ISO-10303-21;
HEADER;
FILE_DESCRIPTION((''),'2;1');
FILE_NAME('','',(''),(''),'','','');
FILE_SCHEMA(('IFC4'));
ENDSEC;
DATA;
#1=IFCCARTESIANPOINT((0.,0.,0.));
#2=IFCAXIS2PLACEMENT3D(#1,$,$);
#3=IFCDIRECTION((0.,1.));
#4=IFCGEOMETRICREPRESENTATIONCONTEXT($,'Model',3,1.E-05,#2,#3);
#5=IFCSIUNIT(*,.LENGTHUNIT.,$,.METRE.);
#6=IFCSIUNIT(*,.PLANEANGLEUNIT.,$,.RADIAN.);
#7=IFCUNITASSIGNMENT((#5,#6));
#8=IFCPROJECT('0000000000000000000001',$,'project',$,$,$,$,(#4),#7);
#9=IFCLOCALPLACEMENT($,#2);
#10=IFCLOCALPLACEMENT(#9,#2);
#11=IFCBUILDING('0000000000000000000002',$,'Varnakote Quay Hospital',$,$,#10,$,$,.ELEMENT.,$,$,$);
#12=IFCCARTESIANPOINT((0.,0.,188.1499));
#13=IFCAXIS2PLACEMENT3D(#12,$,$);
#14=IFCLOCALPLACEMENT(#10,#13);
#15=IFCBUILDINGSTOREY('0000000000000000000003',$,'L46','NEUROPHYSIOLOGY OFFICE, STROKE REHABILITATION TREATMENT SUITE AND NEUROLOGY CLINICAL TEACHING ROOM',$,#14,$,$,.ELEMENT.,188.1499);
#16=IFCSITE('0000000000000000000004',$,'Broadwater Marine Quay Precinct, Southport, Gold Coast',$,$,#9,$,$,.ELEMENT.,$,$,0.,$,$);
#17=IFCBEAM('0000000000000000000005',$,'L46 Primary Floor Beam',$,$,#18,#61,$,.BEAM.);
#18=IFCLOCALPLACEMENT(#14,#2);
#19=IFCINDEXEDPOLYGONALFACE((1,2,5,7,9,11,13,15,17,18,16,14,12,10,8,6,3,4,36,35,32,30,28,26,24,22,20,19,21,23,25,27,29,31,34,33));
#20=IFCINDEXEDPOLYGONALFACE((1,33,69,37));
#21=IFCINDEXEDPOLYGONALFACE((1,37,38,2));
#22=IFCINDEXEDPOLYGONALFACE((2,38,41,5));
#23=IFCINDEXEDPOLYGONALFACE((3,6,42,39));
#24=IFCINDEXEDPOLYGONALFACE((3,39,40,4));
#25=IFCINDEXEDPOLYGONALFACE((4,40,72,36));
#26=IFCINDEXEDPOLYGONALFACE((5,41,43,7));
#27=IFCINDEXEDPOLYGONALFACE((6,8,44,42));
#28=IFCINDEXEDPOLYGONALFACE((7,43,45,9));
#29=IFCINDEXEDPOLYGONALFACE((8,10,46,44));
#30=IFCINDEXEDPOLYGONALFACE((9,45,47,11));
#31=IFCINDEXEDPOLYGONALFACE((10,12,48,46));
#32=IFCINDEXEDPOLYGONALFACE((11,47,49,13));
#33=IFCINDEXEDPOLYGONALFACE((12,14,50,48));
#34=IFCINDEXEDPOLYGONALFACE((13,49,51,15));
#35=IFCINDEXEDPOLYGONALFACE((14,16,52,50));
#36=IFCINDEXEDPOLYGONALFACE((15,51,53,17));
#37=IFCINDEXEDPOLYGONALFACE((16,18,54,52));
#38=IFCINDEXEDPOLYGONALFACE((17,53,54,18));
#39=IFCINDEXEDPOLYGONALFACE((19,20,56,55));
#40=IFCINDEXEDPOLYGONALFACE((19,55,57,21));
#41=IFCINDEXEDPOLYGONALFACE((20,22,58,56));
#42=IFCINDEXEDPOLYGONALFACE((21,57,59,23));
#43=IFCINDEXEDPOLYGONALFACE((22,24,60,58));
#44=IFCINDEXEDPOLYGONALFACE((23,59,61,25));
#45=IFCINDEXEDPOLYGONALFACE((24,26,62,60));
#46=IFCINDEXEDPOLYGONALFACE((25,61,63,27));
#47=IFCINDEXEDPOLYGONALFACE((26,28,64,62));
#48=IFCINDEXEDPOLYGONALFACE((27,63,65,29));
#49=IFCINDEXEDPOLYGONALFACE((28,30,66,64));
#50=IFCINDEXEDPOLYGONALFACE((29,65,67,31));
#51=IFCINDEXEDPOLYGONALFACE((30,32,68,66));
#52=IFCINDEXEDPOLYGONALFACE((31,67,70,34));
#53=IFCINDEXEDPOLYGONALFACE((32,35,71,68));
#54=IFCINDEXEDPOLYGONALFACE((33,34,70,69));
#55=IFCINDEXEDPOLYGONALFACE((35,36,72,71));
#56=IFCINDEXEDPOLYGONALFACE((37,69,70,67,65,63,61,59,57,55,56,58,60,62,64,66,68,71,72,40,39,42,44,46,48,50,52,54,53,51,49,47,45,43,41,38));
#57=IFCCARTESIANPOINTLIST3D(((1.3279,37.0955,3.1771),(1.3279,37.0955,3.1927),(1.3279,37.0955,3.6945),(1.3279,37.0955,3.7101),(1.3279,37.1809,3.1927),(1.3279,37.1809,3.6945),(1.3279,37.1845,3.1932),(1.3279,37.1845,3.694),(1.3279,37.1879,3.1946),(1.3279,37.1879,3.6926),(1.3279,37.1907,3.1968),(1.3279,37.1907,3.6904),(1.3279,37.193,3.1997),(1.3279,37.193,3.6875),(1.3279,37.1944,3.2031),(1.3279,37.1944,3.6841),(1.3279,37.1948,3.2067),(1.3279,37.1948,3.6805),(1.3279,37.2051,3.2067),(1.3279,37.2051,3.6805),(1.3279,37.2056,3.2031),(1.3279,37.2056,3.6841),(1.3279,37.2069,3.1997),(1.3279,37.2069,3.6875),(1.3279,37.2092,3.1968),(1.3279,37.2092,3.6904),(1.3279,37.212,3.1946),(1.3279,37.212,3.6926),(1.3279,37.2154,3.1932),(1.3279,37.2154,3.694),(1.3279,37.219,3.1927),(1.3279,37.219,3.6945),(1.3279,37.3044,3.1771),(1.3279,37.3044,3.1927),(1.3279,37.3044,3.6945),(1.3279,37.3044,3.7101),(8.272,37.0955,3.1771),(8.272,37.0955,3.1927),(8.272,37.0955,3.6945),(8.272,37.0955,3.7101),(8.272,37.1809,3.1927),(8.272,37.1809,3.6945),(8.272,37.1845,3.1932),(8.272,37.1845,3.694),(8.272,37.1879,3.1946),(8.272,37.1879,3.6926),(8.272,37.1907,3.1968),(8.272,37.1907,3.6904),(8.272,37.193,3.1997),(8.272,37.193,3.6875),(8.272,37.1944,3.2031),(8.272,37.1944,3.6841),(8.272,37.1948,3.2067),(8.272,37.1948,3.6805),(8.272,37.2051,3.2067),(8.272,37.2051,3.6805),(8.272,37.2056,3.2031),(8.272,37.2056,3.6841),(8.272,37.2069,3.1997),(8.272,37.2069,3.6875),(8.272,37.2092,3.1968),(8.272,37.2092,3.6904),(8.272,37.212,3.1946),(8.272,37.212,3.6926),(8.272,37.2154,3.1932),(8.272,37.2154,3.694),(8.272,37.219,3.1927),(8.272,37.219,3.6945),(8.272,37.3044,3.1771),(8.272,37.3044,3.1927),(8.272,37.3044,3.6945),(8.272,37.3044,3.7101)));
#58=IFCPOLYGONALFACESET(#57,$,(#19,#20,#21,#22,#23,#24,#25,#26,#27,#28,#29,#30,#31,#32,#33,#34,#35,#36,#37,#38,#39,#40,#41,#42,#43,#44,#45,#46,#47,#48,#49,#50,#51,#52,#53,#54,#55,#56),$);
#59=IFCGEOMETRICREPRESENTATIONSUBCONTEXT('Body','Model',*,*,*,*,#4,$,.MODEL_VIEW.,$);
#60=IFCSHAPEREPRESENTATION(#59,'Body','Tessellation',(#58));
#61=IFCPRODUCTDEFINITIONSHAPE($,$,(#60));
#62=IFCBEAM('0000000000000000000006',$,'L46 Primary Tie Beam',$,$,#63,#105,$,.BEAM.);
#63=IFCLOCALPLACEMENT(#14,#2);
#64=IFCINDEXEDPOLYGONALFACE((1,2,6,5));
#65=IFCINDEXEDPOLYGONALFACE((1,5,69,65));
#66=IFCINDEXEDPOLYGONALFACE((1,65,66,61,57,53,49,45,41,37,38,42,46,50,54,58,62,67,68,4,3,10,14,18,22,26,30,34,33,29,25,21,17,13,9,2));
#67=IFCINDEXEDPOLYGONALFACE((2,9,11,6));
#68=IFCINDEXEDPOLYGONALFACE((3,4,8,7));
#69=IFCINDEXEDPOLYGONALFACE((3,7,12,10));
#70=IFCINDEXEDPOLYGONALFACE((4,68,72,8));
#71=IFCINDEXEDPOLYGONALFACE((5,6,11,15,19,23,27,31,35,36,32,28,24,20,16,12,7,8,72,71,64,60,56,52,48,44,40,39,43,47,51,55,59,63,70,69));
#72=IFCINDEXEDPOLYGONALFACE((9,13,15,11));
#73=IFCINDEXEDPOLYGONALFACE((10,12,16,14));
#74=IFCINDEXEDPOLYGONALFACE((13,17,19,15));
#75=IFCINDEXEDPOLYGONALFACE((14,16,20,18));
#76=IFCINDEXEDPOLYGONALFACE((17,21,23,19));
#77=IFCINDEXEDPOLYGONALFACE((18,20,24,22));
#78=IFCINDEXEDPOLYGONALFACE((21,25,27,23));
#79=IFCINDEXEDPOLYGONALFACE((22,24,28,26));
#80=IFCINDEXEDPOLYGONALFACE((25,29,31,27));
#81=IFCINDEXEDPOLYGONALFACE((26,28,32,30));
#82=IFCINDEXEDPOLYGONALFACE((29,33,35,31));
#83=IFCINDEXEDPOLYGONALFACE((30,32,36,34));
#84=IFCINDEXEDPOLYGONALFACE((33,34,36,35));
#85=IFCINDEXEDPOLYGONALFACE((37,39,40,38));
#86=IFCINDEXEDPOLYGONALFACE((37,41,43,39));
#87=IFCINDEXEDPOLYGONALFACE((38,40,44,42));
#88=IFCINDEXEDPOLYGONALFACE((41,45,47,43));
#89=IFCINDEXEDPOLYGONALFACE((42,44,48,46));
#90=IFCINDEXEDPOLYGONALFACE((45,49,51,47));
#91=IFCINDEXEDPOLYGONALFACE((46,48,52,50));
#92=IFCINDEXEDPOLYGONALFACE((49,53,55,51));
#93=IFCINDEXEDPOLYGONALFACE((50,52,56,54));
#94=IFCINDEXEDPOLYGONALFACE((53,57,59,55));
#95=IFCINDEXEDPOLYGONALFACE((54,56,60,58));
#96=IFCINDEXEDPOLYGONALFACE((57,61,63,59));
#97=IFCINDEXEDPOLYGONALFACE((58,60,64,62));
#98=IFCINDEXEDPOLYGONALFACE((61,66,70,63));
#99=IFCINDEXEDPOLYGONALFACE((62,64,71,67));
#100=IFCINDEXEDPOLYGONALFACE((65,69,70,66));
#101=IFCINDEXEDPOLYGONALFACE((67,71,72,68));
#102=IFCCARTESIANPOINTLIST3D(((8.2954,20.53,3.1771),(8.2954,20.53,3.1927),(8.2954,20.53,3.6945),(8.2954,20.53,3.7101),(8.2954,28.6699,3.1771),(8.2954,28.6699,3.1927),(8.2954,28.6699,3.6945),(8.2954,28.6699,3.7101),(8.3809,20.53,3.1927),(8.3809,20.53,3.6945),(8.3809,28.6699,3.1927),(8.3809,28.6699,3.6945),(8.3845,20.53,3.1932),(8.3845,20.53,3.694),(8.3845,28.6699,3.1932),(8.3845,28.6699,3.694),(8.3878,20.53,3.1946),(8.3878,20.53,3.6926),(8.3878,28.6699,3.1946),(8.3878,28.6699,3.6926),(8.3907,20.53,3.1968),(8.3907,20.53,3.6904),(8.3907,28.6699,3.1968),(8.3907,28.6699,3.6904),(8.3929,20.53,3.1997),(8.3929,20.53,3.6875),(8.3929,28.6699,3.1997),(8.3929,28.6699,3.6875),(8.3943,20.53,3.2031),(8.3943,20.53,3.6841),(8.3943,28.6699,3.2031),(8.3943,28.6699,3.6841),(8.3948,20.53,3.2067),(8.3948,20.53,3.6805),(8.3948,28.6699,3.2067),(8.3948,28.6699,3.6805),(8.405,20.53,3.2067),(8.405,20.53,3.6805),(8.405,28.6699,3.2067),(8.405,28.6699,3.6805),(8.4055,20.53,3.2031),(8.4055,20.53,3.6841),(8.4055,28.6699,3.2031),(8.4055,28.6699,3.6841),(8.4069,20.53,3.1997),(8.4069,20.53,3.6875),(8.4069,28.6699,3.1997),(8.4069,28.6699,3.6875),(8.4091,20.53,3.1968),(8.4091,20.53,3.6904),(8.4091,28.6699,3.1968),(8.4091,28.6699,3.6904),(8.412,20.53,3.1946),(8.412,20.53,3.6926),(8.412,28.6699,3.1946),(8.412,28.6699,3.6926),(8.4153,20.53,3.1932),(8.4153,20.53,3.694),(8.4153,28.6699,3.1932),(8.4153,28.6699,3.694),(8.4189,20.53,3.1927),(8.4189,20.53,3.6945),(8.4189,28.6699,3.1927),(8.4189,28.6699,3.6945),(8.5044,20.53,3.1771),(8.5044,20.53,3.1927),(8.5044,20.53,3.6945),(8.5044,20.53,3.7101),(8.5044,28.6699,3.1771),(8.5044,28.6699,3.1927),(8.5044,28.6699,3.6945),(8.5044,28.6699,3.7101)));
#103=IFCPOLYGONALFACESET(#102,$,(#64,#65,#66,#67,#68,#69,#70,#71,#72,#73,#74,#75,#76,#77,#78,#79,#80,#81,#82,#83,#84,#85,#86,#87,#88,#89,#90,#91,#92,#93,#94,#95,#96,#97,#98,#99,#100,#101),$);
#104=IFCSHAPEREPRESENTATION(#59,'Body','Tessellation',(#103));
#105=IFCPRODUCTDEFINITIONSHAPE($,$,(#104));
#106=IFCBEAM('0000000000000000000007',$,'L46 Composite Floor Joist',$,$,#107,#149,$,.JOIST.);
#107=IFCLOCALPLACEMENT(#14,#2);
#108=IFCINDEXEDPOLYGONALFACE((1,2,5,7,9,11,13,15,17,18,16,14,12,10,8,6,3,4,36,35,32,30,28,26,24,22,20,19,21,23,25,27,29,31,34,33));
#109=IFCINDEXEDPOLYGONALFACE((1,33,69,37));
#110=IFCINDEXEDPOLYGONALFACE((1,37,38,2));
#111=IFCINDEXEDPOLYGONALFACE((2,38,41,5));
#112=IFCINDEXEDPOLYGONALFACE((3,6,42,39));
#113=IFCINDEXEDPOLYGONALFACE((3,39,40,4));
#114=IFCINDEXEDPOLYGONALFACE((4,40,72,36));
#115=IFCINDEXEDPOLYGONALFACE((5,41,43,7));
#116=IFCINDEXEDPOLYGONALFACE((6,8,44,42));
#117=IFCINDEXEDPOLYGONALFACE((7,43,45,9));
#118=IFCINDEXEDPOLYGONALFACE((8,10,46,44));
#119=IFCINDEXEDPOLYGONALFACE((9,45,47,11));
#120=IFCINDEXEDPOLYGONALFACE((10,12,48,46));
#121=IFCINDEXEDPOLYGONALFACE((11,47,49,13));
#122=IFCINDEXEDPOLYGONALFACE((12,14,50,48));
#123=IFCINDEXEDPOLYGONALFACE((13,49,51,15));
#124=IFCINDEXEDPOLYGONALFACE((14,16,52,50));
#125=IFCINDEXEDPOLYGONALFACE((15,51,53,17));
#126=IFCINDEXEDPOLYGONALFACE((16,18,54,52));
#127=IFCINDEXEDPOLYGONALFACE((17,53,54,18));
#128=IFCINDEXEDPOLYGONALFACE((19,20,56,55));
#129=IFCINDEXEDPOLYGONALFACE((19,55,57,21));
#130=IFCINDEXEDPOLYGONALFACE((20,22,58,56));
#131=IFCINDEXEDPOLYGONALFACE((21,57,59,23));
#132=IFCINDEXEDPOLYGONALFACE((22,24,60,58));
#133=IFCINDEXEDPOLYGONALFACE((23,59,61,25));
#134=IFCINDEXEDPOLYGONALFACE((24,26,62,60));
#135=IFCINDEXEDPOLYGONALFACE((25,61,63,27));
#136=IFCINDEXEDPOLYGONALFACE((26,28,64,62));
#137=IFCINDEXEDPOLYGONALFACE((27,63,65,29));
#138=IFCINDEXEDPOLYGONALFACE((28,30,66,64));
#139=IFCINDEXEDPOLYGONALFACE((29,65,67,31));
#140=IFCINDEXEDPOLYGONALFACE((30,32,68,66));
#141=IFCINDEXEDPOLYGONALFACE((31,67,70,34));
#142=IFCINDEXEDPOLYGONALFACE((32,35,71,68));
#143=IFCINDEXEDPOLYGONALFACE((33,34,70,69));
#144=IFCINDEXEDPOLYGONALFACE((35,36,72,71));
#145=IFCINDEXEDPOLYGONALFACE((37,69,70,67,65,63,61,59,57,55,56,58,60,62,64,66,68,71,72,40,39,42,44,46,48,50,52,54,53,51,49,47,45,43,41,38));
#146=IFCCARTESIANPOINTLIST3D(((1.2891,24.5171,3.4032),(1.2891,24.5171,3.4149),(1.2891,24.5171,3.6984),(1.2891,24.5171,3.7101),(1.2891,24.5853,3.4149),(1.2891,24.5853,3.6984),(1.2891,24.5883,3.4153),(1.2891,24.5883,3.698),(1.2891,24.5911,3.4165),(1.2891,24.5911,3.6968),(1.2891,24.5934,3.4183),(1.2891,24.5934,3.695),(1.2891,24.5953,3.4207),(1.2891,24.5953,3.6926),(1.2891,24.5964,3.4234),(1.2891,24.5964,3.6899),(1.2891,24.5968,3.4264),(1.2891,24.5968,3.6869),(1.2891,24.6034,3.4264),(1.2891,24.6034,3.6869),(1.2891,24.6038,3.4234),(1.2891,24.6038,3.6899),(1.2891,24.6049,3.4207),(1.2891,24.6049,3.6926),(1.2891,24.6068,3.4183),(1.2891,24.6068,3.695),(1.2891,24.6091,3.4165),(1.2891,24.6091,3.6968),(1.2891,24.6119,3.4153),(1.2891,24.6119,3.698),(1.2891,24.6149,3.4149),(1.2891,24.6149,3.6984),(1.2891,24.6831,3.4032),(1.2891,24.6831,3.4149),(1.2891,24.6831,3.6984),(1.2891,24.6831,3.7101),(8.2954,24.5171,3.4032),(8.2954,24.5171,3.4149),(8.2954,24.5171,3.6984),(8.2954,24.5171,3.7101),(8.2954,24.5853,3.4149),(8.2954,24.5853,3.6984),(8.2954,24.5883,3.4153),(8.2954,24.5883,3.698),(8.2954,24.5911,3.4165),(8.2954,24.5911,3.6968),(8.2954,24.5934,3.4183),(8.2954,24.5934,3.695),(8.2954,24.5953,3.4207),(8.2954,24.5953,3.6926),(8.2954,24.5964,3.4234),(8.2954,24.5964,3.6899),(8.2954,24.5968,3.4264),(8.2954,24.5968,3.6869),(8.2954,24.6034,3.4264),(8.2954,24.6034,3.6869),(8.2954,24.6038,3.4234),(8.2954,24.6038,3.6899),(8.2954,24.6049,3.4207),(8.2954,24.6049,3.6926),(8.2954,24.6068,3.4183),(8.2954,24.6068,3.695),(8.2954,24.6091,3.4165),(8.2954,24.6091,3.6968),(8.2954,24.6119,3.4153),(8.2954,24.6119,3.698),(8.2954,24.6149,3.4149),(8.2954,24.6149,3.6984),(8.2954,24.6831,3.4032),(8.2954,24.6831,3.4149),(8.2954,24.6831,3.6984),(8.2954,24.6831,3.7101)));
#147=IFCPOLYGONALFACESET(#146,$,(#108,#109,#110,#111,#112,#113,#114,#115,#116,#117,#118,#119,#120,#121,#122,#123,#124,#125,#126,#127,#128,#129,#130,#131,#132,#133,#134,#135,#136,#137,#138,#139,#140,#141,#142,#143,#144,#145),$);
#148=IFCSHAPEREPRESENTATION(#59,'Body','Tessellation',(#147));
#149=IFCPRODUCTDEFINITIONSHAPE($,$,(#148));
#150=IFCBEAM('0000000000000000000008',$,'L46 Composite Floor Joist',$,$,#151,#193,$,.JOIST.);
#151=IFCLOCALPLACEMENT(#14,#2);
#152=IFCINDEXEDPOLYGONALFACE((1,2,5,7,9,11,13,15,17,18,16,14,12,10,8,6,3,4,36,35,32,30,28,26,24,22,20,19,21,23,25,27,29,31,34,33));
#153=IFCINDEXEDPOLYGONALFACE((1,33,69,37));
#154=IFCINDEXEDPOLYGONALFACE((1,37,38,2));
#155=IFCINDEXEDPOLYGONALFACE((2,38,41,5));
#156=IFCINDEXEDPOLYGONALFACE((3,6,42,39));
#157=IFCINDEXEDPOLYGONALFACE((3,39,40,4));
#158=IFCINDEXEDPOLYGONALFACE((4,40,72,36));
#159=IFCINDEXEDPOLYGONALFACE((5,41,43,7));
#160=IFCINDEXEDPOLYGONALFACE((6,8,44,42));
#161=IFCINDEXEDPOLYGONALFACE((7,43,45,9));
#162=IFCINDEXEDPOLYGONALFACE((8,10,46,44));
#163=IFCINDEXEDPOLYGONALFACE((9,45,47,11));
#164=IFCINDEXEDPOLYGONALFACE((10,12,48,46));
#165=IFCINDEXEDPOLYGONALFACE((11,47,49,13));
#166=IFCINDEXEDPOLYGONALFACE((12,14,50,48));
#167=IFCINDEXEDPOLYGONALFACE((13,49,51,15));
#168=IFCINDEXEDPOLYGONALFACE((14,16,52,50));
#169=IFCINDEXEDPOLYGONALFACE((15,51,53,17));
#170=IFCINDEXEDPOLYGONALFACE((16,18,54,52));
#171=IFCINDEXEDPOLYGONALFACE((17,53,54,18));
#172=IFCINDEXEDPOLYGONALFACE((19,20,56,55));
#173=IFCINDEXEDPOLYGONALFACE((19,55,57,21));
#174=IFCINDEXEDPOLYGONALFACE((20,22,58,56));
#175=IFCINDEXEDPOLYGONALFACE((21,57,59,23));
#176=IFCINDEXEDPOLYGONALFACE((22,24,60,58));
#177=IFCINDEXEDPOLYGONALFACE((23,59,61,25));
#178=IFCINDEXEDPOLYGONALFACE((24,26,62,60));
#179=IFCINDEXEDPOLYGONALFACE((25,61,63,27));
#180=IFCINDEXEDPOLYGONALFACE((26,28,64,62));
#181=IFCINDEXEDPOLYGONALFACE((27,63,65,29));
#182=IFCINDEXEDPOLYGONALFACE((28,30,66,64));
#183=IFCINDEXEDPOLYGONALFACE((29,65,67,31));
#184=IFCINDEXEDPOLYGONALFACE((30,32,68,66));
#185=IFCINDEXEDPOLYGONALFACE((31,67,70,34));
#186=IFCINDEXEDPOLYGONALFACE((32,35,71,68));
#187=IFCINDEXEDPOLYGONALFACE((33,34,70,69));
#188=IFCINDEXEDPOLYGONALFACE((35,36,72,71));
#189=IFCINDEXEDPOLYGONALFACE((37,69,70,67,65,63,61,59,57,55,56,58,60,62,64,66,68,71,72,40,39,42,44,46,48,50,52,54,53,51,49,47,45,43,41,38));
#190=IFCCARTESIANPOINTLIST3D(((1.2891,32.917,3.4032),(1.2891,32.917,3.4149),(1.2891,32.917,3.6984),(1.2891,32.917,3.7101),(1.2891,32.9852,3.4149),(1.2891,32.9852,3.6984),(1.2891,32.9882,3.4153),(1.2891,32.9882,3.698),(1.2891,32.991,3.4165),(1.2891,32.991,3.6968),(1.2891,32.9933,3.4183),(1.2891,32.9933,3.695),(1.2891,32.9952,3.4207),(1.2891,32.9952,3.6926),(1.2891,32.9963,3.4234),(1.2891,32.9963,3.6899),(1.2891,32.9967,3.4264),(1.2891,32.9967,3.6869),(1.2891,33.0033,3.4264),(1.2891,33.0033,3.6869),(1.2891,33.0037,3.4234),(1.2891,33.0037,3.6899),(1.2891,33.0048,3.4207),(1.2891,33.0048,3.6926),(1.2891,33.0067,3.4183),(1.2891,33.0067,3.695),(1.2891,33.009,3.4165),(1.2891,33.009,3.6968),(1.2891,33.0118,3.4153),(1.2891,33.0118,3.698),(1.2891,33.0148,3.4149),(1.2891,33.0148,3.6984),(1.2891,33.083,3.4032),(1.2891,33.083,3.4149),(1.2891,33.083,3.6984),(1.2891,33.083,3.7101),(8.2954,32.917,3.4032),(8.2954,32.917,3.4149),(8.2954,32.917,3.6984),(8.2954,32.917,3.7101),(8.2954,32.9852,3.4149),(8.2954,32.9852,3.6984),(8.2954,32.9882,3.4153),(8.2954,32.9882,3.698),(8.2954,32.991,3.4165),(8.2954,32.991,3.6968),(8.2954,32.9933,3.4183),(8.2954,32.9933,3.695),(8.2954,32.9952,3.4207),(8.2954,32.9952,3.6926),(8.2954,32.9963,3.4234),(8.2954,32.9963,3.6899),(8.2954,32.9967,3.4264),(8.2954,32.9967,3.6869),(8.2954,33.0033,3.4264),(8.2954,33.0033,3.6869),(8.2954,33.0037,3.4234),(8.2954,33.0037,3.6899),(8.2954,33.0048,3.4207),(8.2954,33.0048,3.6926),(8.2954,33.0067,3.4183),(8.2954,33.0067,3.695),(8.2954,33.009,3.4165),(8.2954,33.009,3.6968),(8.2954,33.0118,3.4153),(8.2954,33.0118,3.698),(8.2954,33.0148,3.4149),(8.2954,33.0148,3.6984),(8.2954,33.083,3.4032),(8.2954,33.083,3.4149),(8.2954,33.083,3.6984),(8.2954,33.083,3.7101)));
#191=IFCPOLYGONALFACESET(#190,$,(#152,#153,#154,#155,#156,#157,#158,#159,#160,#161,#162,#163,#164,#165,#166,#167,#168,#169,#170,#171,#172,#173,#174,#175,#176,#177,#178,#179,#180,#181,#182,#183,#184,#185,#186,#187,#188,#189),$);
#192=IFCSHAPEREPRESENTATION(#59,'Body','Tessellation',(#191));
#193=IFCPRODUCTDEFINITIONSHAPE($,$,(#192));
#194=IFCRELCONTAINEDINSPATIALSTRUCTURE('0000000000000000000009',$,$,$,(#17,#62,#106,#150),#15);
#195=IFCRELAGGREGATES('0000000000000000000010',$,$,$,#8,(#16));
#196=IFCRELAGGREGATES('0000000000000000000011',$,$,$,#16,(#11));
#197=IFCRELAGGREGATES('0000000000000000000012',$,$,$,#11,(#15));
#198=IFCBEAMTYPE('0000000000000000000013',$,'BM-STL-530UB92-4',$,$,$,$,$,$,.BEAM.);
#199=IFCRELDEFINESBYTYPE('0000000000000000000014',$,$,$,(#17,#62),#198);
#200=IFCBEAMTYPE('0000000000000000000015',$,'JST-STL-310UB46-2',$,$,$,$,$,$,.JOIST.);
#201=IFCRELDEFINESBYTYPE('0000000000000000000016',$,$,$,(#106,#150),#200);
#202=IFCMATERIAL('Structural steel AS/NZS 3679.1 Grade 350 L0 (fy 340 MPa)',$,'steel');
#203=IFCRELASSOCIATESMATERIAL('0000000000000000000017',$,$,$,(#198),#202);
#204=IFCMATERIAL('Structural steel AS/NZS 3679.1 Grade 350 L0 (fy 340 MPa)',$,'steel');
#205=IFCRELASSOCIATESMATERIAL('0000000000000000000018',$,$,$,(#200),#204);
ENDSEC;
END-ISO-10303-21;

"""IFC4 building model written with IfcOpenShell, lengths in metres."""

from ifc_helpers import new_model, si_unit, direction, frame, origin, origin_2d, place, context, subcontext, project, spatial, i_section, extrude, material, material_profile, profile_set, type_object, element, save


model = new_model("IFC4")

# Units and contexts
model_context = context("Model", 3, precision=1e-05, world=origin(), true_north=direction((0.0, 1.0)))
body_context = subcontext(model_context, "Body", "Model", "MODEL_VIEW")
ifc_project = project(units=[si_unit("LENGTHUNIT", "METRE"), si_unit("PLANEANGLEUNIT", "RADIAN")], contexts=[model_context])

# Site, building, storey
site_placement = place(None, origin())
site = spatial("IfcSite", under=ifc_project, at=site_placement, Name="Broadwater Marine Quay Precinct, Southport, Gold Coast", CompositionType="ELEMENT", RefElevation=0.0)
building_placement = place(site_placement, origin())
building = spatial("IfcBuilding", under=site, at=building_placement, Name="Varnakote Quay Hospital", CompositionType="ELEMENT")
storey_placement = place(building_placement, frame((0.0, 0.0, 188.1499)))
storey = spatial("IfcBuildingStorey", under=building, at=storey_placement, Name="L46", Description="NEUROPHYSIOLOGY OFFICE, STROKE REHABILITATION TREATMENT SUITE AND NEUROLOGY CLINICAL TEACHING ROOM", CompositionType="ELEMENT", Elevation=188.1499)

# Beams
ifc_material_1 = material(Name="Structural steel AS/NZS 3679.1 Grade 350 L0 (fy 340 MPa)", Category="steel")
ifc_material_profile_1 = material_profile(ifc_material_1, i_section(OverallWidth=0.209, OverallDepth=0.533, WebThickness=0.0103, FlangeThickness=0.0156, FilletRadius=0.0139, at=origin_2d()), Name="530UB92.4")
ifc_profile_set_1 = profile_set([ifc_material_profile_1], Name="Structural steel AS/NZS 3679.1 Grade 350 L0 (fy 340 MPa)")
beam_type_1 = type_object("IfcBeamType", Name="BM-STL-530UB92-4", PredefinedType="BEAM", material=ifc_profile_set_1)
beam_1_placement = place(storey_placement, frame((1.3279, 37.2, 3.4436), z_axis=(1.0, 0.0, 0.0), x_axis=(0.0, 1.0, 0.0)))
element("IfcBeam", 1, at=beam_1_placement, inside=storey, type_object=beam_type_1, Name="L46 Primary Floor Beam", PredefinedType="BEAM", context=body_context, shape_type="SweptSolid", body=[
    extrude(i_section(OverallWidth=0.209, OverallDepth=0.533, WebThickness=0.0103, FlangeThickness=0.0156, FilletRadius=0.0139, at=origin_2d()), origin(), (0.0, 0.0, 1.0), 6.9441),
])
beam_2_placement = place(storey_placement, frame((8.3999, 20.53, 3.4436), z_axis=(0.0, 1.0, 0.0), x_axis=(-1.0, 0.0, 0.0)))
element("IfcBeam", 2, at=beam_2_placement, inside=storey, type_object=beam_type_1, Name="L46 Primary Tie Beam", PredefinedType="BEAM", context=body_context, shape_type="SweptSolid", body=[
    extrude(i_section(OverallWidth=0.209, OverallDepth=0.533, WebThickness=0.0103, FlangeThickness=0.0156, FilletRadius=0.0139, at=origin_2d()), origin(), (0.0, 0.0, 1.0), 8.1399),
])
ifc_material_2 = material(Name="Structural steel AS/NZS 3679.1 Grade 350 L0 (fy 340 MPa)", Category="steel")
ifc_material_profile_2 = material_profile(ifc_material_2, i_section(OverallWidth=0.166, OverallDepth=0.3069, WebThickness=0.0066, FlangeThickness=0.0117, FilletRadius=0.0115, at=origin_2d()), Name="310UB46.2")
ifc_profile_set_2 = profile_set([ifc_material_profile_2], Name="Structural steel AS/NZS 3679.1 Grade 350 L0 (fy 340 MPa)")
beam_type_2 = type_object("IfcBeamType", Name="JST-STL-310UB46-2", PredefinedType="JOIST", material=ifc_profile_set_2)
for number, where, z_axis, x_axis, name in (
    (3, (1.2891, 24.6001, 3.5566), (1.0, 0.0, 0.0), (0.0, 1.0, 0.0), "L46 Composite Floor Joist"),
    (4, (1.2891, 33.0, 3.5566), (1.0, 0.0, 0.0), (0.0, 1.0, 0.0), "L46 Composite Floor Joist"),
):
    element("IfcBeam", number, at=place(storey_placement, frame(where, z_axis=z_axis, x_axis=x_axis)), inside=storey, type_object=beam_type_2, Name=name, PredefinedType="JOIST", context=body_context, shape_type="SweptSolid", body=[
        extrude(i_section(OverallWidth=0.166, OverallDepth=0.3069, WebThickness=0.0066, FlangeThickness=0.0117, FilletRadius=0.0115, at=origin_2d()), origin(), (0.0, 0.0, 1.0), 7.0063),
    ])

save(model, "model.ifc")
